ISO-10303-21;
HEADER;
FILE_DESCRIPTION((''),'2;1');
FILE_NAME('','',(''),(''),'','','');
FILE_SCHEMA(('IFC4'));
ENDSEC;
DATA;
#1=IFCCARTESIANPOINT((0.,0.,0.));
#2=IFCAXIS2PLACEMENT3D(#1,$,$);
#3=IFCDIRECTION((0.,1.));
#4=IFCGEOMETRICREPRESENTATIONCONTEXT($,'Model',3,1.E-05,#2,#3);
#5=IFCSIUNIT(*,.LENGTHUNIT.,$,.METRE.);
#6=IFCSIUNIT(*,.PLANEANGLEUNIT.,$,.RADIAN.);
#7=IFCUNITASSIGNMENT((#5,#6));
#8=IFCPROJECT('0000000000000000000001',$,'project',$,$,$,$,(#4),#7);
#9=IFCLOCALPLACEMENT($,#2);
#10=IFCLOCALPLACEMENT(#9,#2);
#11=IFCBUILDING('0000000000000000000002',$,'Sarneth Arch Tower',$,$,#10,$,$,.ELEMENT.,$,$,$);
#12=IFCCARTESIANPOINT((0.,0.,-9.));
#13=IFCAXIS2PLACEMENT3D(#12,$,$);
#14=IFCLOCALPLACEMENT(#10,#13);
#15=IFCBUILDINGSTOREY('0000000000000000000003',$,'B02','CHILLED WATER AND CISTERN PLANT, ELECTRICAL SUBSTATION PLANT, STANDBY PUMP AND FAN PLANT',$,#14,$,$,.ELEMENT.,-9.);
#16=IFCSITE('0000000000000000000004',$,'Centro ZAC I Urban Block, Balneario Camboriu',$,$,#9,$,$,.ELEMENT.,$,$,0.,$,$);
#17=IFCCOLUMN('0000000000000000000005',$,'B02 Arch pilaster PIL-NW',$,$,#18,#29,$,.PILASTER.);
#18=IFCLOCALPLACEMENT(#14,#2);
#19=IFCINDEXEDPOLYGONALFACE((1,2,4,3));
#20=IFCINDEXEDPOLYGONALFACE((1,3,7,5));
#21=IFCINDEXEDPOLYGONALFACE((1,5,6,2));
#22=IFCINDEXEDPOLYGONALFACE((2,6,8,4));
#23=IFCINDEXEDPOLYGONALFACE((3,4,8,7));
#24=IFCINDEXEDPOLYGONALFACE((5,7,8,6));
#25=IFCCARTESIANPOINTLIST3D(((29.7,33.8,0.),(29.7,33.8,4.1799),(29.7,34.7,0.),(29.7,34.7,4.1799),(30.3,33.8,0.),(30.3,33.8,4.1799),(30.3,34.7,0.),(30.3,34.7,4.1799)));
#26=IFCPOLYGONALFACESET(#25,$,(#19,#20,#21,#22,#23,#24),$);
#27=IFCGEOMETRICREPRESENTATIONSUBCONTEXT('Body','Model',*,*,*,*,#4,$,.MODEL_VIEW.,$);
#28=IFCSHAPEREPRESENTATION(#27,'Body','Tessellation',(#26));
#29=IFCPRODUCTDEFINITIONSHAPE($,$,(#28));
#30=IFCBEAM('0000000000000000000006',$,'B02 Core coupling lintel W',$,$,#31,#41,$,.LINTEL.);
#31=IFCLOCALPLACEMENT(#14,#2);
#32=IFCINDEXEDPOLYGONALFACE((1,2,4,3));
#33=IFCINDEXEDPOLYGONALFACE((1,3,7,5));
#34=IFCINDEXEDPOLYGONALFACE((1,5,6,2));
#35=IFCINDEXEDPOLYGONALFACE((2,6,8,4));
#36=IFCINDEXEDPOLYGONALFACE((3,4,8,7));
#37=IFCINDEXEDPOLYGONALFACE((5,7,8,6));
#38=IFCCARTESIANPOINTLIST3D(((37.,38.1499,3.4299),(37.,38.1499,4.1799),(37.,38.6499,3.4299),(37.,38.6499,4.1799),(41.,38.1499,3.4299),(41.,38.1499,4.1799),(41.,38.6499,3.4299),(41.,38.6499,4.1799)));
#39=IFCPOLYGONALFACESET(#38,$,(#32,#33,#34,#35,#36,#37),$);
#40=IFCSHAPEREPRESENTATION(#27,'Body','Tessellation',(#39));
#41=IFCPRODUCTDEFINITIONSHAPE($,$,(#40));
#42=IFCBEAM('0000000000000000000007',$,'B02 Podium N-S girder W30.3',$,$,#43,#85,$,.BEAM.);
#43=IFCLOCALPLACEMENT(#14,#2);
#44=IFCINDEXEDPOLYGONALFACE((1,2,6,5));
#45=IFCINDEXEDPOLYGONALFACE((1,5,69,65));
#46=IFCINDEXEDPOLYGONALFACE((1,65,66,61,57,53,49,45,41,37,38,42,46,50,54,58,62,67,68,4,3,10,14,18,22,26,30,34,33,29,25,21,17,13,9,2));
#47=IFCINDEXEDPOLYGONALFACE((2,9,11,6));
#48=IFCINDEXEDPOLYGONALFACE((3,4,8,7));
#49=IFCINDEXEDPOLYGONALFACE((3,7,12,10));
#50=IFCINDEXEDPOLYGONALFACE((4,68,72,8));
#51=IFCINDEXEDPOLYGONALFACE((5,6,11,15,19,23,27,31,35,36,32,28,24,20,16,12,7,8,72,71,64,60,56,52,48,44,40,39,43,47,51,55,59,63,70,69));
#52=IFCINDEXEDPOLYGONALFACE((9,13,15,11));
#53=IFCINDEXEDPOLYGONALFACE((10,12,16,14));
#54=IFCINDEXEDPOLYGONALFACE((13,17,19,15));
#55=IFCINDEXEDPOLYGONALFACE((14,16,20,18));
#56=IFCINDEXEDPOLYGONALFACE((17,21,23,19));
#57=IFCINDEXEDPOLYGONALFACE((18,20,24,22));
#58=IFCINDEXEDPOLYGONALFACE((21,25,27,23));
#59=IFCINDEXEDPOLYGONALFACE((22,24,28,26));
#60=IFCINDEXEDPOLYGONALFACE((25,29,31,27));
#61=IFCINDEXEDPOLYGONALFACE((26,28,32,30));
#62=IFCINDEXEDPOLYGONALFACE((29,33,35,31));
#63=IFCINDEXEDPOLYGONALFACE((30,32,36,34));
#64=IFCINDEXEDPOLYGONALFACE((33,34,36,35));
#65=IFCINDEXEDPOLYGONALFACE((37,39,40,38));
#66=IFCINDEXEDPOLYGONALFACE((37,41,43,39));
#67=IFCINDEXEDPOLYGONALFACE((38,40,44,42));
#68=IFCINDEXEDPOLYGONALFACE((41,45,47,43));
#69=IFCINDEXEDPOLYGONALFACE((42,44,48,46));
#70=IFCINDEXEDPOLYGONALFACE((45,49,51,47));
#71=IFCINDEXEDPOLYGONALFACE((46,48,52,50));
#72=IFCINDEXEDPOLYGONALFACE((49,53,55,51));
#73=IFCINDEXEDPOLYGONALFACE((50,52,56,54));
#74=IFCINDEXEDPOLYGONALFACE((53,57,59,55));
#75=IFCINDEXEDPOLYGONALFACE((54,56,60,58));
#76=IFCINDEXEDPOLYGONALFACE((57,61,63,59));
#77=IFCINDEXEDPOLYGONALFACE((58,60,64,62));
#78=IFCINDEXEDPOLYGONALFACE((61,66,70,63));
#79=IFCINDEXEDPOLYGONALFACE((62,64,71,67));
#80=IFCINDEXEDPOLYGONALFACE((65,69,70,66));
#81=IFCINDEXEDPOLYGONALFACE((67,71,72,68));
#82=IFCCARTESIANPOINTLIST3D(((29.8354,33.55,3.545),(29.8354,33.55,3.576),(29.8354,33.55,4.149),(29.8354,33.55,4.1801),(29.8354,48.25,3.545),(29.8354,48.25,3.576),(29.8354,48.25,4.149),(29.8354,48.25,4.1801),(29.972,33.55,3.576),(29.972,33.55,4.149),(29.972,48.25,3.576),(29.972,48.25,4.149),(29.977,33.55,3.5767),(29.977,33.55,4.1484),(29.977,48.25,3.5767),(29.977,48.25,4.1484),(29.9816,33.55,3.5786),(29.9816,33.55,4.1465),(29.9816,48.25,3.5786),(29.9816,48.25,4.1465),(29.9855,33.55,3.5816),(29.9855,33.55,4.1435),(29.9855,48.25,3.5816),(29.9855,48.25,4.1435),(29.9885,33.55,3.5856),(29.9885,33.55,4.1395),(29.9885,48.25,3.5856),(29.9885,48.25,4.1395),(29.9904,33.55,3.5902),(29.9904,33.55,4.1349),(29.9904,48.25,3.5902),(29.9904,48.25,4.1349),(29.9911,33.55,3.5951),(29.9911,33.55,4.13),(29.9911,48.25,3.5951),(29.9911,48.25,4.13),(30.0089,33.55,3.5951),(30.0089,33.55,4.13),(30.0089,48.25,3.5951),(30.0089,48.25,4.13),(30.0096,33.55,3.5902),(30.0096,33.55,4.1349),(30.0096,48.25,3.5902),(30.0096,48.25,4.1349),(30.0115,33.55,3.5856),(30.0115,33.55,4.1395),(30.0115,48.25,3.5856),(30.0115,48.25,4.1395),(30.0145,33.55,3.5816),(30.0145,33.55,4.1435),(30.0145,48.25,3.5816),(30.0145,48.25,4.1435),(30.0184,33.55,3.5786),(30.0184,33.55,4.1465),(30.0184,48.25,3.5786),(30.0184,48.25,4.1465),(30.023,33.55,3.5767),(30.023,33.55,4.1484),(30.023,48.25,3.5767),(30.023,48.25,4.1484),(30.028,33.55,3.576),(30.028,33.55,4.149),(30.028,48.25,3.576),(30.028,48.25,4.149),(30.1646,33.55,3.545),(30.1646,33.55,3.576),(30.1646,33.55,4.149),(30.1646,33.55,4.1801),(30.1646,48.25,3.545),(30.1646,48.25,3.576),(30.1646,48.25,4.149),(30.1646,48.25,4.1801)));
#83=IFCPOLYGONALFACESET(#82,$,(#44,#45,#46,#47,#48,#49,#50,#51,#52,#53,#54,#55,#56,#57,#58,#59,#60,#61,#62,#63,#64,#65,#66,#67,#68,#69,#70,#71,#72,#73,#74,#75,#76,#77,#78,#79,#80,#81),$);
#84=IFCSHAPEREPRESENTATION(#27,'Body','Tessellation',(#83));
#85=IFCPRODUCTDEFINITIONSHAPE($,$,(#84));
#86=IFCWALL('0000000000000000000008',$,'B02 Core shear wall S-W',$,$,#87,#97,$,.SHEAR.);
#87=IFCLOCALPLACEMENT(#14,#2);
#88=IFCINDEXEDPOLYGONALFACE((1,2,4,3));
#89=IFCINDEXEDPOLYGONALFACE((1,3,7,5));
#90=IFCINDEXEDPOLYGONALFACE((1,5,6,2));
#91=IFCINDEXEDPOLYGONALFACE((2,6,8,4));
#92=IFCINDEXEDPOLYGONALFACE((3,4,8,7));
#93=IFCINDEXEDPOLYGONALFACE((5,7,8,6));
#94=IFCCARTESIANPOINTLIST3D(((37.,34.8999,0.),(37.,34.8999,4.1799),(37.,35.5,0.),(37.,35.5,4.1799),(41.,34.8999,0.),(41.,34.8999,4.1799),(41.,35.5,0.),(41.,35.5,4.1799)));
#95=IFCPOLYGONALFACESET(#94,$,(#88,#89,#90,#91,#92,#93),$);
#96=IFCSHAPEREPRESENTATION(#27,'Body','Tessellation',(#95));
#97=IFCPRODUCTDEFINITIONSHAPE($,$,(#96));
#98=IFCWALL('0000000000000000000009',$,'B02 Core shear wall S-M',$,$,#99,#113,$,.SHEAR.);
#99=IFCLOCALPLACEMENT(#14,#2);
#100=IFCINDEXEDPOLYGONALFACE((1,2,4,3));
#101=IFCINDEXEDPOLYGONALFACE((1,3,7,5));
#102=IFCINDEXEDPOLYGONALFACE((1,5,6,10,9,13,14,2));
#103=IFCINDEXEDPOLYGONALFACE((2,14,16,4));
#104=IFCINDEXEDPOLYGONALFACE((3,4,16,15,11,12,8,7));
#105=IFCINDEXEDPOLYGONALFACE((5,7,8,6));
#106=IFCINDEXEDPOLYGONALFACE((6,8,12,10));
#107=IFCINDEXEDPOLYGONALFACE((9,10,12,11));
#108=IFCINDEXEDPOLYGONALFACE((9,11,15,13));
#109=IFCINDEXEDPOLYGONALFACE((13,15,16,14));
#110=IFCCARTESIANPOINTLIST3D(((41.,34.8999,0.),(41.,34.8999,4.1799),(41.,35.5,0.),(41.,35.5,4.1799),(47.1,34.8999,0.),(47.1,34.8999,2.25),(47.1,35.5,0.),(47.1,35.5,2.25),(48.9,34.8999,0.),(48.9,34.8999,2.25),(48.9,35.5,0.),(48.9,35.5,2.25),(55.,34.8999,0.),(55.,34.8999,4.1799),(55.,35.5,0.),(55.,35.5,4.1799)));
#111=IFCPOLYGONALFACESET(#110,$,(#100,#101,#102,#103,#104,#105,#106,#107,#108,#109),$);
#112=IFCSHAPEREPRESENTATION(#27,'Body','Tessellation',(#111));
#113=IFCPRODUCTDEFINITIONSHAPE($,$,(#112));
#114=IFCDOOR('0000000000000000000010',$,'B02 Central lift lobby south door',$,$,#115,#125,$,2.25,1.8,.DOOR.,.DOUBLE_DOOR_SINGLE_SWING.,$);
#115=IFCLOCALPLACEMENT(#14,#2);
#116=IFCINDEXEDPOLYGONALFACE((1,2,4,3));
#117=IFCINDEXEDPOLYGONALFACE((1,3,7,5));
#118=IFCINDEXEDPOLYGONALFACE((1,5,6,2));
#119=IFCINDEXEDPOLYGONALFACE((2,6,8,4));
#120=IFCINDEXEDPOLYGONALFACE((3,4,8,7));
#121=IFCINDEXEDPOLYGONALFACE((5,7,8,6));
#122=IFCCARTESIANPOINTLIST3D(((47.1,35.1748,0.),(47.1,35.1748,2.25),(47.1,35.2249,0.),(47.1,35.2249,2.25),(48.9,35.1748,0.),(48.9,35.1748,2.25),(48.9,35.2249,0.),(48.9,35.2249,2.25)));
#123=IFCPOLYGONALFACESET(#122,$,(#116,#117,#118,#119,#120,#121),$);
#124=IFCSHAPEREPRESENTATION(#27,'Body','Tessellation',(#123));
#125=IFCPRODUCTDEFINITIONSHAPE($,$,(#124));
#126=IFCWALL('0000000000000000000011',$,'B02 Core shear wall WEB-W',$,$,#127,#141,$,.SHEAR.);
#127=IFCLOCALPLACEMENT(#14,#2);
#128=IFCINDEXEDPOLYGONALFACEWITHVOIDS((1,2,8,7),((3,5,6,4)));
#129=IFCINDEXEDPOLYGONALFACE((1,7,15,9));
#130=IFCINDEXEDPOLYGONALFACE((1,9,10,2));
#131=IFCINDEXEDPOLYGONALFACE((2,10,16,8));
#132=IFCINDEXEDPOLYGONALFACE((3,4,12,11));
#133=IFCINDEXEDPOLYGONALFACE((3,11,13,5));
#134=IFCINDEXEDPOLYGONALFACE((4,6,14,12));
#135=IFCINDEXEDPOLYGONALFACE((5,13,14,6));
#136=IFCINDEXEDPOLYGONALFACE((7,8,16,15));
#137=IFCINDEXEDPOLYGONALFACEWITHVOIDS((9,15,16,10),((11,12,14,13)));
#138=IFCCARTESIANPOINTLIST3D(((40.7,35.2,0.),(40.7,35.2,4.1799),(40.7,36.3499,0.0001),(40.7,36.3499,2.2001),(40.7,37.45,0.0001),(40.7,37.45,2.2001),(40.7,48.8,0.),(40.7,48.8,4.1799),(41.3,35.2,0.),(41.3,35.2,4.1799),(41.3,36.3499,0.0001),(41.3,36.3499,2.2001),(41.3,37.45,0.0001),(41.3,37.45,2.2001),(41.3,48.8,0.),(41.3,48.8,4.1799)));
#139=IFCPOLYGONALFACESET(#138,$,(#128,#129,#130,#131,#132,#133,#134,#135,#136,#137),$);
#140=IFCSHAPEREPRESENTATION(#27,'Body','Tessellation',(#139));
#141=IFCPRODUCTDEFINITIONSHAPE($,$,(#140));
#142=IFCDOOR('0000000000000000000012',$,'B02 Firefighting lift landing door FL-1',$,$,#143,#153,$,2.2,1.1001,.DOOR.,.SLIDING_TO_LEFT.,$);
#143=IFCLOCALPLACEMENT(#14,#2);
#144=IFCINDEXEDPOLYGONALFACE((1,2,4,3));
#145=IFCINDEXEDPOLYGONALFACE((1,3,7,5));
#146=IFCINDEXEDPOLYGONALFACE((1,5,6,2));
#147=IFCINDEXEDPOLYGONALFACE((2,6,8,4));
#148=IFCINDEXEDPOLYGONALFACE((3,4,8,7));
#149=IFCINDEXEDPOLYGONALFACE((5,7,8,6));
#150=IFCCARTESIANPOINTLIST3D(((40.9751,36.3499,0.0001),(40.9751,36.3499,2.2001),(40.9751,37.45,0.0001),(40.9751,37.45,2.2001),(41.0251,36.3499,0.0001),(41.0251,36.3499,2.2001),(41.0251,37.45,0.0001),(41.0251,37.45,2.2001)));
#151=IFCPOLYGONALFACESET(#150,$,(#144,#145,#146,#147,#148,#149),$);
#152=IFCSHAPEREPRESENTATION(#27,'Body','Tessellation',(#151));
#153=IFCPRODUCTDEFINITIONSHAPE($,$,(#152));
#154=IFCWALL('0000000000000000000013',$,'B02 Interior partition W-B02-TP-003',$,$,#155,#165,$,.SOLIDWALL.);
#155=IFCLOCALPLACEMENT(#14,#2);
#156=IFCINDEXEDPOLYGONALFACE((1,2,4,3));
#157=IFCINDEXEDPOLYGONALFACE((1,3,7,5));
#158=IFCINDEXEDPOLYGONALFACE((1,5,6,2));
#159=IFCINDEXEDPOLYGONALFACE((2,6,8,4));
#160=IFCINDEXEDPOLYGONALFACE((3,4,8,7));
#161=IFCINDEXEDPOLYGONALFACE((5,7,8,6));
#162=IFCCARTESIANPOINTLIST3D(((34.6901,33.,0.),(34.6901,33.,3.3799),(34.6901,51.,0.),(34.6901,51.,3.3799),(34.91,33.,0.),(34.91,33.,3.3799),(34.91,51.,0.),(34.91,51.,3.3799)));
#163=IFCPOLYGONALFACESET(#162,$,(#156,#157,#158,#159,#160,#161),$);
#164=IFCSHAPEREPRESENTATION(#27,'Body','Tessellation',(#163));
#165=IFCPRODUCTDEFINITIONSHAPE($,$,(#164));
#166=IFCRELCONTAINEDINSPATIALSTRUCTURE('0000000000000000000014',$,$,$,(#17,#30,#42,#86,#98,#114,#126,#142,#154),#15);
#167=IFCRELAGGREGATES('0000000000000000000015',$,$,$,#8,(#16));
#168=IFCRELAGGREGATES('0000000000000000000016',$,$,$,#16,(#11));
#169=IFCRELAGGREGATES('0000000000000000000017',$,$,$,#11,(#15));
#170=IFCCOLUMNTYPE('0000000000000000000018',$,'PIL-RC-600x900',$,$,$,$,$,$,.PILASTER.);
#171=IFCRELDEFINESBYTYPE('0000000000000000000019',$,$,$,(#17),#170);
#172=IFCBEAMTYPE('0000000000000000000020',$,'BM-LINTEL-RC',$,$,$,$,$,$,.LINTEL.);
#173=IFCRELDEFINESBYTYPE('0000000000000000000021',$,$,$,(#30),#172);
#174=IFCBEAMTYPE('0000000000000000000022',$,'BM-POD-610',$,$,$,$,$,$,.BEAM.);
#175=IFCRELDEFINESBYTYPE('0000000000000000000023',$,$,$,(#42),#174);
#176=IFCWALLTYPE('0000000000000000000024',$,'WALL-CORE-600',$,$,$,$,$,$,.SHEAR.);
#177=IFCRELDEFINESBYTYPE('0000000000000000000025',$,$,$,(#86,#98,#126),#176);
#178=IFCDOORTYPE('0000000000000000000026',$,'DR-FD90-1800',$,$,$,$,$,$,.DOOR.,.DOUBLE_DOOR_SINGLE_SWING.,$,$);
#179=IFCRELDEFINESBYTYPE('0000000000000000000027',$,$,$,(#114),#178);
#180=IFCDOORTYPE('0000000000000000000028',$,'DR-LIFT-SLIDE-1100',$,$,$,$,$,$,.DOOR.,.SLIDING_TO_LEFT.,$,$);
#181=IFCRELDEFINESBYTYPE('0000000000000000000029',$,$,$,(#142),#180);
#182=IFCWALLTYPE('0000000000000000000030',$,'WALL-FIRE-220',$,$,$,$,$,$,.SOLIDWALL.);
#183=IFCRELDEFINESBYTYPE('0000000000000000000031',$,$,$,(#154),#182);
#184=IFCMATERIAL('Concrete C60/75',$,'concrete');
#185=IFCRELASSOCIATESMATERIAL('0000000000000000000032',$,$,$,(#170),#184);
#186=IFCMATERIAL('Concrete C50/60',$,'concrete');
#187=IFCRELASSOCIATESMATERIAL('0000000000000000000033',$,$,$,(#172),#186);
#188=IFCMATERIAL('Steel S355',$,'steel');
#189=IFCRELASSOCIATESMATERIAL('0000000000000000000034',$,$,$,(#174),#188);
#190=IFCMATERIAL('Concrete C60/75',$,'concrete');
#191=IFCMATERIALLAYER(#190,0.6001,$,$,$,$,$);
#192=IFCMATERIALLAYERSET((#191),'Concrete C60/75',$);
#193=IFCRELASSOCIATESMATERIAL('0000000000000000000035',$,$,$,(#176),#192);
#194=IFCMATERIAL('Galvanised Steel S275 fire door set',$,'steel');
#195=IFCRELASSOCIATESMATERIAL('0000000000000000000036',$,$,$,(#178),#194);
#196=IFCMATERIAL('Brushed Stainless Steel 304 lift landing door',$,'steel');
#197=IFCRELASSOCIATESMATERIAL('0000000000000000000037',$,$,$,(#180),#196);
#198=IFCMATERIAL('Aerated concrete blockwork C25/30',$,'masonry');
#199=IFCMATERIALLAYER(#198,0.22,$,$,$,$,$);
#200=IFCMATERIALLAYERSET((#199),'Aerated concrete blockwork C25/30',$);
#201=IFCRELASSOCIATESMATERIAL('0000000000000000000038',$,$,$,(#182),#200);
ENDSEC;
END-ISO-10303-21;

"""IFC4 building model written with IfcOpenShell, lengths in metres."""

from ifc_helpers import new_model, si_unit, direction, frame, frame_2d, origin, origin_2d, place, context, subcontext, project, spatial, rectangle, i_section, extrude, material, layer, layer_set, material_profile, profile_set, type_object, element, fill, save


model = new_model("IFC4")

# Units and contexts
model_context = context("Model", 3, precision=1e-05, world=origin(), true_north=direction((0.0, 1.0)))
body_context = subcontext(model_context, "Body", "Model", "MODEL_VIEW")
ifc_project = project(units=[si_unit("LENGTHUNIT", "METRE"), si_unit("PLANEANGLEUNIT", "RADIAN")], contexts=[model_context])

# Site, building, storey
site_placement = place(None, origin())
site = spatial("IfcSite", under=ifc_project, at=site_placement, Name="Centro ZAC I Urban Block, Balneario Camboriu", CompositionType="ELEMENT", RefElevation=0.0)
building_placement = place(site_placement, origin())
building = spatial("IfcBuilding", under=site, at=building_placement, Name="Sarneth Arch Tower", CompositionType="ELEMENT")
storey_placement = place(building_placement, frame((0.0, 0.0, -9.0)))
storey = spatial("IfcBuildingStorey", under=building, at=storey_placement, Name="B02", Description="CHILLED WATER AND CISTERN PLANT, ELECTRICAL SUBSTATION PLANT, STANDBY PUMP AND FAN PLANT", CompositionType="ELEMENT", Elevation=-9.0)

# Column
ifc_material_1 = material(Name="Concrete C60/75", Category="concrete")
ifc_material_profile_1 = material_profile(ifc_material_1, rectangle(XDim=0.6001, YDim=0.8999, at=origin_2d()), Name="RC-600x900")
ifc_profile_set_1 = profile_set([ifc_material_profile_1], Name="Concrete C60/75")
column_type_1 = type_object("IfcColumnType", Name="PIL-RC-600x900", PredefinedType="PILASTER", material=ifc_profile_set_1)
column_placement = place(storey_placement, frame((30.0, 34.25, 0.0), z_axis=(0.0, 0.0, 1.0), x_axis=(1.0, 0.0, 0.0)))
element("IfcColumn", 1, at=column_placement, inside=storey, type_object=column_type_1, Name="B02 Arch pilaster PIL-NW", PredefinedType="PILASTER", context=body_context, shape_type="SweptSolid", body=[
    extrude(rectangle(XDim=0.6001, YDim=0.8999, at=origin_2d()), origin(), (0.0, 0.0, 1.0), 4.1799),
])

# Beams
ifc_material_2 = material(Name="Concrete C50/60", Category="concrete")
ifc_material_profile_2 = material_profile(ifc_material_2, rectangle(XDim=0.5, YDim=0.75, at=origin_2d()), Name="RC-500x750")
ifc_profile_set_2 = profile_set([ifc_material_profile_2], Name="Concrete C50/60")
beam_type_1 = type_object("IfcBeamType", Name="BM-LINTEL-RC", PredefinedType="LINTEL", material=ifc_profile_set_2)
beam_1_placement = place(storey_placement, frame((37.0, 38.3999, 3.8049), z_axis=(1.0, 0.0, 0.0), x_axis=(0.0, 1.0, 0.0)))
element("IfcBeam", 2, at=beam_1_placement, inside=storey, type_object=beam_type_1, Name="B02 Core coupling lintel W", PredefinedType="LINTEL", context=body_context, shape_type="SweptSolid", body=[
    extrude(rectangle(XDim=0.5, YDim=0.75, at=origin_2d()), origin(), (0.0, 0.0, 1.0), 4.0),
])
ifc_material_3 = material(Name="Steel S355", Category="steel")
ifc_material_profile_3 = material_profile(ifc_material_3, i_section(OverallWidth=0.3291, OverallDepth=0.635, WebThickness=0.0178, FlangeThickness=0.031, FilletRadius=0.019, at=origin_2d()), Name="W610x241")
ifc_profile_set_3 = profile_set([ifc_material_profile_3], Name="Steel S355")
beam_type_2 = type_object("IfcBeamType", Name="BM-POD-610", PredefinedType="BEAM", material=ifc_profile_set_3)
beam_2_placement = place(storey_placement, frame((30.0, 33.55, 3.8625), z_axis=(0.0, 1.0, 0.0), x_axis=(-1.0, 0.0, 0.0)))
element("IfcBeam", 3, at=beam_2_placement, inside=storey, type_object=beam_type_2, Name="B02 Podium N-S girder W30.3", PredefinedType="BEAM", context=body_context, shape_type="SweptSolid", body=[
    extrude(i_section(OverallWidth=0.3291, OverallDepth=0.635, WebThickness=0.0178, FlangeThickness=0.031, FilletRadius=0.019, at=origin_2d()), origin(), (0.0, 0.0, 1.0), 14.7),
])

# Wall
ifc_material_4 = material(Name="Concrete C60/75", Category="concrete")
ifc_layer_1 = layer(ifc_material_4, 0.6001)
ifc_layer_set_1 = layer_set([ifc_layer_1], Name="Concrete C60/75")
wall_type_1 = type_object("IfcWallType", Name="WALL-CORE-600", PredefinedType="SHEAR", material=ifc_layer_set_1)
wall_1_placement = place(storey_placement, frame((37.0, 35.2, 0.0), z_axis=(0.0, 0.0, 1.0), x_axis=(1.0, 0.0, 0.0)))
element("IfcWall", 4, at=wall_1_placement, inside=storey, type_object=wall_type_1, Name="B02 Core shear wall S-W", PredefinedType="SHEAR", context=body_context, shape_type="SweptSolid", body=[
    extrude(rectangle(XDim=4.0, YDim=0.6001, at=frame_2d((2.0, 0.0))), origin(), (0.0, 0.0, 1.0), 4.1799),
])

# Walls, openings, doors
wall_2_placement = place(storey_placement, frame((41.0, 35.2, 0.0), z_axis=(0.0, 0.0, 1.0), x_axis=(1.0, 0.0, 0.0)))
wall_2 = element("IfcWall", 5, at=wall_2_placement, inside=storey, type_object=wall_type_1, Name="B02 Core shear wall S-M", PredefinedType="SHEAR", context=body_context, shape_type="SweptSolid", body=[
    extrude(rectangle(XDim=14.0, YDim=0.6001, at=frame_2d((7.0, 0.0))), origin(), (0.0, 0.0, 1.0), 4.1799),
])
opening_1_placement = place(wall_2_placement, frame((6.1001, 0.0, 0.0)))
opening_1 = element("IfcOpeningElement", 6, at=opening_1_placement, cuts=wall_2, PredefinedType="OPENING", context=body_context, shape_type="SweptSolid", body=[
    extrude(rectangle(XDim=1.8, YDim=2.25, at=frame_2d((0.8999, 1.125))), frame((0.0, 0.3101, 0.0), z_axis=(0.0, -1.0, 0.0), x_axis=(1.0, 0.0, 0.0)), (0.0, 0.0, 1.0), 0.6201),
])
ifc_material_5 = material(Name="Galvanised Steel S275 fire door set", Category="steel")
door_type_1 = type_object("IfcDoorType", Name="DR-FD90-1800", OperationType="DOUBLE_DOOR_SINGLE_SWING", PredefinedType="DOOR", material=ifc_material_5)
door_1_placement = place(opening_1_placement, origin())
door_1 = element("IfcDoor", 7, at=door_1_placement, inside=storey, type_object=door_type_1, Name="B02 Central lift lobby south door", OperationType="DOUBLE_DOOR_SINGLE_SWING", OverallHeight=2.25, OverallWidth=1.8, PredefinedType="DOOR", context=body_context, shape_type="SweptSolid", body=[
    extrude(rectangle(XDim=1.8, YDim=2.25, at=frame_2d((0.8999, 1.125))), frame((0.0, 0.0249, 0.0), z_axis=(0.0, -1.0, 0.0), x_axis=(1.0, 0.0, 0.0)), (0.0, 0.0, 1.0), 0.05),
])
fill(opening_1, door_1)
wall_3_placement = place(storey_placement, frame((41.0, 35.2, 0.0), z_axis=(0.0, 0.0, 1.0), x_axis=(0.0, 1.0, 0.0)))
wall_3 = element("IfcWall", 8, at=wall_3_placement, inside=storey, type_object=wall_type_1, Name="B02 Core shear wall WEB-W", PredefinedType="SHEAR", context=body_context, shape_type="SweptSolid", body=[
    extrude(rectangle(XDim=13.6001, YDim=0.6001, at=frame_2d((6.8, 0.0))), origin(), (0.0, 0.0, 1.0), 4.1799),
])
opening_2_placement = place(wall_3_placement, frame((1.1499, 0.0, 0.0)))
opening_2 = element("IfcOpeningElement", 9, at=opening_2_placement, cuts=wall_3, PredefinedType="OPENING", context=body_context, shape_type="SweptSolid", body=[
    extrude(rectangle(XDim=1.1001, YDim=2.2, at=frame_2d((0.55, 1.1001))), frame((0.0, 0.3101, 0.0), z_axis=(0.0, -1.0, 0.0), x_axis=(1.0, 0.0, 0.0)), (0.0, 0.0, 1.0), 0.6201),
])
ifc_material_6 = material(Name="Brushed Stainless Steel 304 lift landing door", Category="steel")
door_type_2 = type_object("IfcDoorType", Name="DR-LIFT-SLIDE-1100", OperationType="SLIDING_TO_LEFT", PredefinedType="DOOR", material=ifc_material_6)
door_2_placement = place(opening_2_placement, origin())
door_2 = element("IfcDoor", 10, at=door_2_placement, inside=storey, type_object=door_type_2, Name="B02 Firefighting lift landing door FL-1", OperationType="SLIDING_TO_LEFT", OverallHeight=2.2, OverallWidth=1.1001, PredefinedType="DOOR", context=body_context, shape_type="SweptSolid", body=[
    extrude(rectangle(XDim=1.1001, YDim=2.2, at=frame_2d((0.55, 1.1001))), frame((0.0, 0.0249, 0.0), z_axis=(0.0, -1.0, 0.0), x_axis=(1.0, 0.0, 0.0)), (0.0, 0.0, 1.0), 0.05),
])
fill(opening_2, door_2)

# Wall
ifc_material_7 = material(Name="Aerated concrete blockwork C25/30", Category="masonry")
ifc_layer_2 = layer(ifc_material_7, 0.22)
ifc_layer_set_2 = layer_set([ifc_layer_2], Name="Aerated concrete blockwork C25/30")
wall_type_2 = type_object("IfcWallType", Name="WALL-FIRE-220", PredefinedType="SOLIDWALL", material=ifc_layer_set_2)
wall_4_placement = place(storey_placement, frame((34.8, 33.0, 0.0), z_axis=(0.0, 0.0, 1.0), x_axis=(0.0, 1.0, 0.0)))
element("IfcWall", 11, at=wall_4_placement, inside=storey, type_object=wall_type_2, Name="B02 Interior partition W-B02-TP-003", PredefinedType="SOLIDWALL", context=body_context, shape_type="SweptSolid", body=[
    extrude(rectangle(XDim=18.0, YDim=0.22, at=frame_2d((9.0, 0.0))), origin(), (0.0, 0.0, 1.0), 3.3799),
])

save(model, "model.ifc")
